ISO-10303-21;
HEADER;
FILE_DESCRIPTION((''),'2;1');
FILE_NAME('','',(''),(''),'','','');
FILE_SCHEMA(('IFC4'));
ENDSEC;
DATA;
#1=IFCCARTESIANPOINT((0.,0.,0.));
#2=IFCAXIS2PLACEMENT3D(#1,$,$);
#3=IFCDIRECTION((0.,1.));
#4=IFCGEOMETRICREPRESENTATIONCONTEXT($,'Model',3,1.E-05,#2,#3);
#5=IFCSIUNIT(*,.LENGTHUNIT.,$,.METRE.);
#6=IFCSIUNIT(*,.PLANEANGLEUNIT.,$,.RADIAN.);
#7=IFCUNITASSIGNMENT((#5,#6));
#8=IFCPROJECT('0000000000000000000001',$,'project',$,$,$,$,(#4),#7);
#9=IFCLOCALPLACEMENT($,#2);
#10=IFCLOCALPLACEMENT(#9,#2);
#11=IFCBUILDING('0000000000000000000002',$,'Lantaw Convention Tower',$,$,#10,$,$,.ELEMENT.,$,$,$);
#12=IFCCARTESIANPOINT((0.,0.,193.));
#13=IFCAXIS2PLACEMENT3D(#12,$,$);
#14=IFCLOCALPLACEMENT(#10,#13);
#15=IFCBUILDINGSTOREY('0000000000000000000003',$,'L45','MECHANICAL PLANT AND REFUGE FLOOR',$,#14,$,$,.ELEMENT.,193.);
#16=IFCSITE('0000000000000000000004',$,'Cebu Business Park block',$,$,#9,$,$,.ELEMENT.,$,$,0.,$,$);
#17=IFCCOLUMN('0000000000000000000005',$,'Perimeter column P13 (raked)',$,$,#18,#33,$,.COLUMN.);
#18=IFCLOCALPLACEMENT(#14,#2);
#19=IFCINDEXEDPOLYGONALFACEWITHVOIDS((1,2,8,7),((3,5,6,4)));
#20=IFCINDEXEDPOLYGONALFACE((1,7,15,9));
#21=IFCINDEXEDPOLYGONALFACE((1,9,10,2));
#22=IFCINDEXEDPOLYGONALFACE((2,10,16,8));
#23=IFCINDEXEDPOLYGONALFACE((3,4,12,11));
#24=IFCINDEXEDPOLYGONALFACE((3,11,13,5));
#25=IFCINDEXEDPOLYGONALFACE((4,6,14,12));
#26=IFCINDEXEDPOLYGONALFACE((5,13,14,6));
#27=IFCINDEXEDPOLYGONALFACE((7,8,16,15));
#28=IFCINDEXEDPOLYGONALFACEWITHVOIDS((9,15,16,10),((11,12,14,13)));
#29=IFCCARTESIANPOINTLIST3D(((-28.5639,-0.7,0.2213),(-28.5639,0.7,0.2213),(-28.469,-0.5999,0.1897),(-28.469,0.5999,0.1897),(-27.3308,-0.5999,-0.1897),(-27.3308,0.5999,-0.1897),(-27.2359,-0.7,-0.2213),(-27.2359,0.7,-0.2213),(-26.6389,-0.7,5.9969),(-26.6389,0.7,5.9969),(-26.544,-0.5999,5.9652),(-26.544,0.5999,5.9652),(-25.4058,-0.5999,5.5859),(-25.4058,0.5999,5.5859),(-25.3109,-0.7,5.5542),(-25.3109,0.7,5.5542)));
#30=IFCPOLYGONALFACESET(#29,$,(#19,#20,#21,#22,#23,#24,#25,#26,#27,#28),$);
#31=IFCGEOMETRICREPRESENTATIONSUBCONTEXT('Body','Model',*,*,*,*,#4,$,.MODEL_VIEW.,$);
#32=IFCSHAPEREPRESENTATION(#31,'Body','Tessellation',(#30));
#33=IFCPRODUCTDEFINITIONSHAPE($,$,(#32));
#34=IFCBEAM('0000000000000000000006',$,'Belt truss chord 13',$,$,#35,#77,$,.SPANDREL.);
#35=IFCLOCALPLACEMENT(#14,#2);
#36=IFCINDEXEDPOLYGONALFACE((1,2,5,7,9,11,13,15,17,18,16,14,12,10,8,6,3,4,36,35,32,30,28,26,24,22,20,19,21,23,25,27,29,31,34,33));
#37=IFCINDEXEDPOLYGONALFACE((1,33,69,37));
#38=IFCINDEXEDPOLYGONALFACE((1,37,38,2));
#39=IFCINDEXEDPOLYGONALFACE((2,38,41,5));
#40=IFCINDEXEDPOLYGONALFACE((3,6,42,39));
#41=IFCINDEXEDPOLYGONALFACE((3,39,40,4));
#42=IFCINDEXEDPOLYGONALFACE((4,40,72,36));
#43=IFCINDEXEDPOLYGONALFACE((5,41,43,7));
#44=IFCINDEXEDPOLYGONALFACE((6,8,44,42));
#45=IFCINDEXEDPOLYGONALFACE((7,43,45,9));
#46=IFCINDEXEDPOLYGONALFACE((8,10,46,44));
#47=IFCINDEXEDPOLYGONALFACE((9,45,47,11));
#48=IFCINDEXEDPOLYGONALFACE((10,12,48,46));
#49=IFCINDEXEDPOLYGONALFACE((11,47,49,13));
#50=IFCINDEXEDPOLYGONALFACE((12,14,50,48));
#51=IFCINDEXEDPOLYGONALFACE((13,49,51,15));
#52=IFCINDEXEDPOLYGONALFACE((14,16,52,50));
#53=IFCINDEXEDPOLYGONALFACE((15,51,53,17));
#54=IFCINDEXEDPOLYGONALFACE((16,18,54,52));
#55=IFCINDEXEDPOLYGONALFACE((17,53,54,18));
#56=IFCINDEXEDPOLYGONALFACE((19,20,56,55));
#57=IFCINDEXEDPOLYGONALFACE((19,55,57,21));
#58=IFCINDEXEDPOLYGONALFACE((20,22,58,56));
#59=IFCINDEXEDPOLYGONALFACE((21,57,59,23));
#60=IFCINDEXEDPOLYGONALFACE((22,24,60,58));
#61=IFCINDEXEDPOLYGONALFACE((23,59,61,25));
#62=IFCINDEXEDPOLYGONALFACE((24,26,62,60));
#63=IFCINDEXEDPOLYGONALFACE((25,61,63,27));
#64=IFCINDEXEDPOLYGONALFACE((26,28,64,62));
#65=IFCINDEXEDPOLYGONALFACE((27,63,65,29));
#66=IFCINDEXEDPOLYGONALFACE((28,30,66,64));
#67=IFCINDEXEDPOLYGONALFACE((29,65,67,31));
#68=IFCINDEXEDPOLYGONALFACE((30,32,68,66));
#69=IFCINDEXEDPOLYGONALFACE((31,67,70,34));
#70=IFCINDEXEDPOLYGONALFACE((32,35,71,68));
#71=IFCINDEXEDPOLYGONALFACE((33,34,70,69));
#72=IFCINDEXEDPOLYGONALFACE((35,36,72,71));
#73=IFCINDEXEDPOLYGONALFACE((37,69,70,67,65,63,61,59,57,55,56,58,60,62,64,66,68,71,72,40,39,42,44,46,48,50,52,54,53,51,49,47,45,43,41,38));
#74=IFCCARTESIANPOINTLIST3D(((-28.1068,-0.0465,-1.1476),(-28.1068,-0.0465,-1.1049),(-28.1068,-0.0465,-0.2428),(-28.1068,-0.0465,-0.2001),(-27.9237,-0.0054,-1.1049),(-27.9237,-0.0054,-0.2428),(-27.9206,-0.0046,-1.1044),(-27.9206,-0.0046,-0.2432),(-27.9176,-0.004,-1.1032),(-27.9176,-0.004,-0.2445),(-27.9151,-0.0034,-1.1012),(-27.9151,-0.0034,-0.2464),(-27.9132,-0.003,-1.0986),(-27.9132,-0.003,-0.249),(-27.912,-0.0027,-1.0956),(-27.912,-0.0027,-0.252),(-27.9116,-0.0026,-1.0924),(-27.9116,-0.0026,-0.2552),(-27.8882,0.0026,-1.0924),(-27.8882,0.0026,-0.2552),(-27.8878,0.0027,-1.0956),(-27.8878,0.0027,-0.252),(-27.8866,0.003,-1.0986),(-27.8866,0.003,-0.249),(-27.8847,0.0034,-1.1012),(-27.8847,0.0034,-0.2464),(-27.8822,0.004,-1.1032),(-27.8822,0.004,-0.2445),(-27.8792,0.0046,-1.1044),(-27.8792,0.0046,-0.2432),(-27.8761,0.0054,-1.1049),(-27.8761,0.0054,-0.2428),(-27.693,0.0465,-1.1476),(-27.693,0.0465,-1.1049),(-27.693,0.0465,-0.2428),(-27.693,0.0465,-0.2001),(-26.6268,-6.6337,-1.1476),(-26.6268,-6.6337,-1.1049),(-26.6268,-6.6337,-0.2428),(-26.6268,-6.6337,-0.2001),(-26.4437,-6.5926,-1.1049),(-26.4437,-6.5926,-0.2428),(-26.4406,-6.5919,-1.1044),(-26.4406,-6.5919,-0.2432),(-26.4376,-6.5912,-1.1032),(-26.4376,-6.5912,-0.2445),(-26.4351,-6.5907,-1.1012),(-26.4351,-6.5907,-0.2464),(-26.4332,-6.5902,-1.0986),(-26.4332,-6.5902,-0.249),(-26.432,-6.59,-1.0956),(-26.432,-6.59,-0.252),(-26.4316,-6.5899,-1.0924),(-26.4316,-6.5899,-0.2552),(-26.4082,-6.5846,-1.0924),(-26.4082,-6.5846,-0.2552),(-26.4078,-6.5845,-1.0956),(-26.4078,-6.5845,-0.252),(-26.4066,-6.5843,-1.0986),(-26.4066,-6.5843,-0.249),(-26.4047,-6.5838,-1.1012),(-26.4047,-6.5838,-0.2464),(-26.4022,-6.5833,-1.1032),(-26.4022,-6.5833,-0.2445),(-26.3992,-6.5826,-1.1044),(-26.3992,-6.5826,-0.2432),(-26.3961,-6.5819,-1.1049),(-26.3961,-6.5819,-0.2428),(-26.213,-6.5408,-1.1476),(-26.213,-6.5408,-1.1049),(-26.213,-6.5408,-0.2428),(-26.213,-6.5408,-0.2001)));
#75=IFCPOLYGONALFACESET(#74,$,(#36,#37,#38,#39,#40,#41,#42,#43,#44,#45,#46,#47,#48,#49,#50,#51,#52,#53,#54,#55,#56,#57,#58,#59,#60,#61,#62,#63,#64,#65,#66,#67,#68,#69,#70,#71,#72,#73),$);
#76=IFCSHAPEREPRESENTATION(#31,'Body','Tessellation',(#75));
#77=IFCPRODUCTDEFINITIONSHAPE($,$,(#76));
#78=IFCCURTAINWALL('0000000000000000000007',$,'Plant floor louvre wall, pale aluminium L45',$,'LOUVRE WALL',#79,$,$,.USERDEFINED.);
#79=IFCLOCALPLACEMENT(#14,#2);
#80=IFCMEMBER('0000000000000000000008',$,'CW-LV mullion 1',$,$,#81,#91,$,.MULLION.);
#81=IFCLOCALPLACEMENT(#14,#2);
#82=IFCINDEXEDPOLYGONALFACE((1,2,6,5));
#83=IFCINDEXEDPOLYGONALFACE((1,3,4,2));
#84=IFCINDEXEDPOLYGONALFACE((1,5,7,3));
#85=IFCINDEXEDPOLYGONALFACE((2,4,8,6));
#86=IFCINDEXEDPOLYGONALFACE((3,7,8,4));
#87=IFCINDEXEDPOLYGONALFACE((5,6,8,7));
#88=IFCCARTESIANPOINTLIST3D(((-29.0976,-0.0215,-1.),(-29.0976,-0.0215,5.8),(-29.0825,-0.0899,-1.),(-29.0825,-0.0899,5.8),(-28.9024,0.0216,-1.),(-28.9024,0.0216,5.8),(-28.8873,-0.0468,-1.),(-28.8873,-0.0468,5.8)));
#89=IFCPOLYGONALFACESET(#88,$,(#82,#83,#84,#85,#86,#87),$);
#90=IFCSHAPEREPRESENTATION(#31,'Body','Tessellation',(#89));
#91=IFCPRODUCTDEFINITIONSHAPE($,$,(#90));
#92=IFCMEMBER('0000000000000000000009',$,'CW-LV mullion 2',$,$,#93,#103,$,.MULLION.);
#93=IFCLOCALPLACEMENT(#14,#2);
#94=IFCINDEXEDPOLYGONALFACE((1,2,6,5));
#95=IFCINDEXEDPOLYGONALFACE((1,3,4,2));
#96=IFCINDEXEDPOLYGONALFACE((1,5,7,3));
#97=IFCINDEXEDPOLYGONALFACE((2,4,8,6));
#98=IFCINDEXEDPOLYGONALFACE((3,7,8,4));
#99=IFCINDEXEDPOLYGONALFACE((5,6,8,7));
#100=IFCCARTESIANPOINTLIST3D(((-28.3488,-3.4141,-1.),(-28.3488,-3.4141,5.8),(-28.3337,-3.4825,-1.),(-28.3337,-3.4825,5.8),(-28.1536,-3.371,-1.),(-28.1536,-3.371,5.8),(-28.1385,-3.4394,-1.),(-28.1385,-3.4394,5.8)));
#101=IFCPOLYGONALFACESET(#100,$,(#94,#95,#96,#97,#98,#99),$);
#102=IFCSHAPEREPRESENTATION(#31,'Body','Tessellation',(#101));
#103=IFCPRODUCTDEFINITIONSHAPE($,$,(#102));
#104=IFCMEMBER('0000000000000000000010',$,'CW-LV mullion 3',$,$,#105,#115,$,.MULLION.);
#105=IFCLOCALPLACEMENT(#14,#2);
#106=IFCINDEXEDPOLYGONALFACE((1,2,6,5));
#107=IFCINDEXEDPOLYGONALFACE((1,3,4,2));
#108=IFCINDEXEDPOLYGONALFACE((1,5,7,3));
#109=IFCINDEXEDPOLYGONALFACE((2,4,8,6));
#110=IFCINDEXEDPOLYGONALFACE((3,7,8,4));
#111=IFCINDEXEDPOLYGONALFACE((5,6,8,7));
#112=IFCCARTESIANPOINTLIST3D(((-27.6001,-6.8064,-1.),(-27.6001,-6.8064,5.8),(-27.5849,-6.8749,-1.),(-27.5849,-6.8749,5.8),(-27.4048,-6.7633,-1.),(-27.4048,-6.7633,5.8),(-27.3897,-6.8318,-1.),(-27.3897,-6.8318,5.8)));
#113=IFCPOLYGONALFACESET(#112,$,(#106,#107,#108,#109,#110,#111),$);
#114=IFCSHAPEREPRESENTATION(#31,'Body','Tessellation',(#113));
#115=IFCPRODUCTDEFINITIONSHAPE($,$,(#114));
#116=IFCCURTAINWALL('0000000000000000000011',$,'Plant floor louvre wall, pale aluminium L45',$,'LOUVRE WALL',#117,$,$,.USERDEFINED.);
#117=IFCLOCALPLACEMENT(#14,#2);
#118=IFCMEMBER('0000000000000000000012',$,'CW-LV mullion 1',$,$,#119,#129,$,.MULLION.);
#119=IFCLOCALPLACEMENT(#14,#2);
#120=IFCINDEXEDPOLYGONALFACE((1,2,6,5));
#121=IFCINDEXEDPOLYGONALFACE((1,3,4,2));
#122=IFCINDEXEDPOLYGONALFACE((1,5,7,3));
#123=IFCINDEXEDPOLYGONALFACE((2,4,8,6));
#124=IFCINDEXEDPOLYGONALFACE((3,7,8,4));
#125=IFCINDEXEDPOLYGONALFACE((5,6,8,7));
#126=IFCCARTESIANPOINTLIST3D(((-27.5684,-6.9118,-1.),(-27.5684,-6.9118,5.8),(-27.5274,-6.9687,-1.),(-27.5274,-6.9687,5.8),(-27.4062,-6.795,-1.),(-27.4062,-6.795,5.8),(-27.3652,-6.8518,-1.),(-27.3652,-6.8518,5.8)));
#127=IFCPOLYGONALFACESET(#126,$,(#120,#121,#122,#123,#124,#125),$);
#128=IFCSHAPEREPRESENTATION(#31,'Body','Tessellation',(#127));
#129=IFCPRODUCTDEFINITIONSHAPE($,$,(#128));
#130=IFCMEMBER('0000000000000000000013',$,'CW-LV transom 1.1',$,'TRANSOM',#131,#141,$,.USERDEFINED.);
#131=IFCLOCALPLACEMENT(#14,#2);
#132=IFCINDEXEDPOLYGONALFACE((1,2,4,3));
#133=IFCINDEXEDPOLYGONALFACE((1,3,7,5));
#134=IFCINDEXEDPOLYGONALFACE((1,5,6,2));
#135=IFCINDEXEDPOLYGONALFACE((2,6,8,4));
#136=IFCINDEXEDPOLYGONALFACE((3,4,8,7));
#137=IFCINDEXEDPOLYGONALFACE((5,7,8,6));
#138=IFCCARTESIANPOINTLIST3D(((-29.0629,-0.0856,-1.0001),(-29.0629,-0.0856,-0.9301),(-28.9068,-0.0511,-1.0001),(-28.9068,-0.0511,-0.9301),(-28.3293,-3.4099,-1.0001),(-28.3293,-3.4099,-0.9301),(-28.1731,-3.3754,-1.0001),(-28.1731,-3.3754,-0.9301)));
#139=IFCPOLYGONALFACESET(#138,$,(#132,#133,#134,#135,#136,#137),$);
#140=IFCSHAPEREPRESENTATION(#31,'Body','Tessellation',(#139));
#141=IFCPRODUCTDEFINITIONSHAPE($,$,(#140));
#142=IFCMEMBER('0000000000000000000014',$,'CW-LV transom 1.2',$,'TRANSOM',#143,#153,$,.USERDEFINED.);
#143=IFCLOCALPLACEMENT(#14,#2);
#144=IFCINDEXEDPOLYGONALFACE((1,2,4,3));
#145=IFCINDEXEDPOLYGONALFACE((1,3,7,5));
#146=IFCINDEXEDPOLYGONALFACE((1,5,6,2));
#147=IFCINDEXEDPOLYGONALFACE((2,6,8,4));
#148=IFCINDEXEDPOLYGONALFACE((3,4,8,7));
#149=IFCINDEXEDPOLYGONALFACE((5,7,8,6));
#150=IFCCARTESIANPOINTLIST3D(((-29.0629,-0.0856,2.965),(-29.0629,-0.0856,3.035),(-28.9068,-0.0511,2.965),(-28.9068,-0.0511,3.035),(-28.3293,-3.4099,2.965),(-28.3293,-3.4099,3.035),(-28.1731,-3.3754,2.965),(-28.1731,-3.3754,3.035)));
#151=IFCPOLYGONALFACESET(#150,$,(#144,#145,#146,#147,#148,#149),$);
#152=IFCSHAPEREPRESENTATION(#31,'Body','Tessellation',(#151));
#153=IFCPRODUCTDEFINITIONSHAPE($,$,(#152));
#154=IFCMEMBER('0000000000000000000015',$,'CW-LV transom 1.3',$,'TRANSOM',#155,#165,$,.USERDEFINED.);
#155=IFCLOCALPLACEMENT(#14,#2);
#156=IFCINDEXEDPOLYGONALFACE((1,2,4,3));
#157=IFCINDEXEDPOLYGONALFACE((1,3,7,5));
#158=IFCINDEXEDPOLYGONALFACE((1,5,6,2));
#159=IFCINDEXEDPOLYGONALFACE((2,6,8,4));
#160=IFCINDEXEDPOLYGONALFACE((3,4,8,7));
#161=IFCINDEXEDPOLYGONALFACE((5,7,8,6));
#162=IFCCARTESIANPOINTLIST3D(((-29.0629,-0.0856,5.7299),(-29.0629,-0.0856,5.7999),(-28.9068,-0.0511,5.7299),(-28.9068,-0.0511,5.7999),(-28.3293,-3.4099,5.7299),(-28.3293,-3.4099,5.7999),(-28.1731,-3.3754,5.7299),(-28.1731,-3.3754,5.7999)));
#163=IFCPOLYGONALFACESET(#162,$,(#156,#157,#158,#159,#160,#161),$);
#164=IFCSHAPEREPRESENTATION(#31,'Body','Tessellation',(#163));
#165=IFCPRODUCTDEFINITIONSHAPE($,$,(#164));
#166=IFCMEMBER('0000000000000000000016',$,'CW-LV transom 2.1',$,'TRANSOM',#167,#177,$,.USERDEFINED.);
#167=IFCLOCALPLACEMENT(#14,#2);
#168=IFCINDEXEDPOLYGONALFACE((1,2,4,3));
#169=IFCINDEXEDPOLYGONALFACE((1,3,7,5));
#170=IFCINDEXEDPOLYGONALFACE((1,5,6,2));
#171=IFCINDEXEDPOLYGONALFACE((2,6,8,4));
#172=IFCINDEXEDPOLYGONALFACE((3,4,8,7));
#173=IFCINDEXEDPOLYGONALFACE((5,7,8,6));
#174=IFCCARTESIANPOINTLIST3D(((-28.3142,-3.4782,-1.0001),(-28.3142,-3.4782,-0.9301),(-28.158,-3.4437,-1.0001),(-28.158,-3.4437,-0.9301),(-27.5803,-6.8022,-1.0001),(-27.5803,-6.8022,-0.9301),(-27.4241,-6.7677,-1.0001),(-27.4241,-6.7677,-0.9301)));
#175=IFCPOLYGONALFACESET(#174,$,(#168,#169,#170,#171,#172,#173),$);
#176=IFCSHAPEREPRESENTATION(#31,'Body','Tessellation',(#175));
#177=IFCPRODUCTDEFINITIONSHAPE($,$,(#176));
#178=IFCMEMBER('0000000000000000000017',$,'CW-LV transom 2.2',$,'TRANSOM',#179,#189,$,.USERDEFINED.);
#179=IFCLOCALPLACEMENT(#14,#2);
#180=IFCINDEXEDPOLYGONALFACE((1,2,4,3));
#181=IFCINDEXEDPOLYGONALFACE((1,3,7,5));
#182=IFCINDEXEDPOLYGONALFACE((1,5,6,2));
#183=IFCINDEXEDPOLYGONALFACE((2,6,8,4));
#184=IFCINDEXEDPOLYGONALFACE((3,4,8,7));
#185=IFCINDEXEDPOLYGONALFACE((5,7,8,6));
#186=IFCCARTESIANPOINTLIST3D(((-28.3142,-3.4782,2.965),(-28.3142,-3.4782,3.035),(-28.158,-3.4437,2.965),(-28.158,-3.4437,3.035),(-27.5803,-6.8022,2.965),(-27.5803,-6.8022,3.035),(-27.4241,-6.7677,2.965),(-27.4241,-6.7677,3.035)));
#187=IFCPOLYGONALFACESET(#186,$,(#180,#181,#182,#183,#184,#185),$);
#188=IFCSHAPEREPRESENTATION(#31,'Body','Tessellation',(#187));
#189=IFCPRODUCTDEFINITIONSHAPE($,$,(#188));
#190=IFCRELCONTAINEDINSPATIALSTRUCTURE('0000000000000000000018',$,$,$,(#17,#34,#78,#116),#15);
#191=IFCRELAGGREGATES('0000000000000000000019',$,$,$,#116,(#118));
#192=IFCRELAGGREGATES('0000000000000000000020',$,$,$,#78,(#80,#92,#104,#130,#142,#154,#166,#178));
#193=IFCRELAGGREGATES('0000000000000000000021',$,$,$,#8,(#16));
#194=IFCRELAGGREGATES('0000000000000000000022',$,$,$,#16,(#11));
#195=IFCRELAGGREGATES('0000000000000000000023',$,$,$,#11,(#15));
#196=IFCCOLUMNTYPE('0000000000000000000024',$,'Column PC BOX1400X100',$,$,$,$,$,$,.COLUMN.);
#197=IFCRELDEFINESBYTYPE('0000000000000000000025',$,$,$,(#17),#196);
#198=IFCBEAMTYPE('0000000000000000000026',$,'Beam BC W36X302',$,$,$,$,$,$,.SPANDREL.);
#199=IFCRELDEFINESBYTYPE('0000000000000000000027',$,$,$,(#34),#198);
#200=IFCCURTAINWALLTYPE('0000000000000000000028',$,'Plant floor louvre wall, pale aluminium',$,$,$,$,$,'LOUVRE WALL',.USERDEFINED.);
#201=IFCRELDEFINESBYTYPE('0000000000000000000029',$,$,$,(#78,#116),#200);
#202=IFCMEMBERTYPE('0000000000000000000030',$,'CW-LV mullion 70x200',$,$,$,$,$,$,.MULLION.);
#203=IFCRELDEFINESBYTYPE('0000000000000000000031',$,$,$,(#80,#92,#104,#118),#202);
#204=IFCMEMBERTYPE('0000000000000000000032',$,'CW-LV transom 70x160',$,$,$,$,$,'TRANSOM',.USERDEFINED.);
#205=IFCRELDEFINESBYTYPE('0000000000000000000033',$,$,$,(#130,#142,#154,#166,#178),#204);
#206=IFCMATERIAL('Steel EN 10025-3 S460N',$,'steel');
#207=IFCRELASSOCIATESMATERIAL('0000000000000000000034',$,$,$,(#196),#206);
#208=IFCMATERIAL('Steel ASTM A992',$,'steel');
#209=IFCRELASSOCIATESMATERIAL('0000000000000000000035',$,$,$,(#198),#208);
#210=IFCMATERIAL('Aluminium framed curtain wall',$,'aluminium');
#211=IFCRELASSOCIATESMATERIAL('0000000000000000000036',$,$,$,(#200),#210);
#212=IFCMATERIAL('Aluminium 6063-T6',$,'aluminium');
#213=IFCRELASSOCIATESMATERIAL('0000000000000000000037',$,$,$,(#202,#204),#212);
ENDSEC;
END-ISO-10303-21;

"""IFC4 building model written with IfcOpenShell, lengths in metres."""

from ifc_helpers import new_model, si_unit, direction, frame, origin, origin_2d, place, context, subcontext, project, spatial, rectangle, hollow_rectangle, i_section, extrude, material, material_profile, profile_set, type_object, element, aggregate, save


model = new_model("IFC4")

# Units and contexts
model_context = context("Model", 3, precision=1e-05, world=origin(), true_north=direction((0.0, 1.0)))
body_context = subcontext(model_context, "Body", "Model", "MODEL_VIEW")
ifc_project = project(units=[si_unit("LENGTHUNIT", "METRE"), si_unit("PLANEANGLEUNIT", "RADIAN")], contexts=[model_context])

# Site, building, storey
site_placement = place(None, origin())
site = spatial("IfcSite", under=ifc_project, at=site_placement, Name="Cebu Business Park block", CompositionType="ELEMENT", RefElevation=0.0)
building_placement = place(site_placement, origin())
building = spatial("IfcBuilding", under=site, at=building_placement, Name="Lantaw Convention Tower", CompositionType="ELEMENT")
storey_placement = place(building_placement, frame((0.0, 0.0, 193.0)))
storey = spatial("IfcBuildingStorey", under=building, at=storey_placement, Name="L45", Description="MECHANICAL PLANT AND REFUGE FLOOR", CompositionType="ELEMENT", Elevation=193.0)

# Column
ifc_material_1 = material(Name="Steel EN 10025-3 S460N", Category="steel")
ifc_material_profile_1 = material_profile(ifc_material_1, hollow_rectangle(XDim=1.3999, YDim=1.3999, WallThickness=0.1001, at=origin_2d()), Name="BOX1400X100")
ifc_material_2 = material(Name="Concrete C60/75", Category="concrete")
ifc_material_profile_2 = material_profile(ifc_material_2, rectangle(XDim=1.2, YDim=1.2, at=origin_2d()), Name="Concrete fill of BOX1400X100")
ifc_profile_set_1 = profile_set([ifc_material_profile_1, ifc_material_profile_2], Name="Steel EN 10025-3 S460N")
column_type = type_object("IfcColumnType", Name="Column PC BOX1400X100", PredefinedType="COLUMN", material=ifc_profile_set_1)
column_placement = place(storey_placement, frame((-27.8999, 0.0, 0.0), z_axis=(0.316204, 0.0, 0.948691), x_axis=(0.0, 1.0, 0.0)))
element("IfcColumn", 1, at=column_placement, inside=storey, type_object=column_type, Name="Perimeter column P13 (raked)", PredefinedType="COLUMN", context=body_context, shape_type="SweptSolid", body=[
    extrude(hollow_rectangle(XDim=1.3999, YDim=1.3999, WallThickness=0.1001, at=origin_2d()), origin(), (0.0, 0.0, 1.0), 6.0879),
])

# Beam
ifc_material_3 = material(Name="Steel ASTM A992", Category="steel")
ifc_material_profile_3 = material_profile(ifc_material_3, i_section(OverallWidth=0.4241, OverallDepth=0.9475, WebThickness=0.0239, FlangeThickness=0.0427, FilletRadius=0.0125, at=origin_2d()), Name="W36X302")
ifc_profile_set_2 = profile_set([ifc_material_profile_3], Name="Steel ASTM A992")
beam_type = type_object("IfcBeamType", Name="Beam BC W36X302", PredefinedType="SPANDREL", material=ifc_profile_set_2)
beam_placement = place(storey_placement, frame((-27.8999, 0.0, -0.6738), z_axis=(0.219212, -0.975677, 0.0), x_axis=(0.975677, 0.219212, 0.0)))
element("IfcBeam", 2, at=beam_placement, inside=storey, type_object=beam_type, Name="Belt truss chord 13", PredefinedType="SPANDREL", context=body_context, shape_type="SweptSolid", body=[
    extrude(i_section(OverallWidth=0.4241, OverallDepth=0.9475, WebThickness=0.0239, FlangeThickness=0.0427, FilletRadius=0.0125, at=origin_2d()), origin(), (0.0, 0.0, 1.0), 6.7515),
])

# Curtain wall, members
ifc_material_4 = material(Name="Aluminium framed curtain wall", Category="aluminium")
curtain_wall_type = type_object("IfcCurtainWallType", Name="Plant floor louvre wall, pale aluminium", ElementType="LOUVRE WALL", PredefinedType="USERDEFINED", material=ifc_material_4)
curtain_wall_1_placement = place(storey_placement, origin())
curtain_wall_1 = element("IfcCurtainWall", 3, at=curtain_wall_1_placement, inside=storey, type_object=curtain_wall_type, Name="Plant floor louvre wall, pale aluminium L45", ObjectType="LOUVRE WALL", PredefinedType="USERDEFINED")
ifc_material_5 = material(Name="Aluminium 6063-T6", Category="aluminium")
ifc_material_profile_4 = material_profile(ifc_material_5, rectangle(XDim=0.2, YDim=0.0701, at=origin_2d()), Name="CW-LV mullion 70x200")
ifc_profile_set_3 = profile_set([ifc_material_profile_4], Name="Aluminium 6063-T6")
member_type_1 = type_object("IfcMemberType", Name="CW-LV mullion 70x200", PredefinedType="MULLION", material=ifc_profile_set_3)
member_1_placement = place(storey_placement, frame((-28.9924, -0.0342, -1.0), z_axis=(0.0, 0.0, 1.0), x_axis=(0.976494, 0.215546, 0.0)))
member_1 = element("IfcMember", 4, at=member_1_placement, type_object=member_type_1, Name="CW-LV mullion 1", PredefinedType="MULLION", context=body_context, shape_type="SweptSolid", body=[
    extrude(rectangle(XDim=0.2, YDim=0.0701, at=origin_2d()), origin(), (0.0, 0.0, 1.0), 6.8),
])
member_2_placement = place(storey_placement, frame((-28.2437, -3.4268, -1.0), z_axis=(0.0, 0.0, 1.0), x_axis=(0.976494, 0.215546, 0.0)))
member_2 = element("IfcMember", 5, at=member_2_placement, type_object=member_type_1, Name="CW-LV mullion 2", PredefinedType="MULLION", context=body_context, shape_type="SweptSolid", body=[
    extrude(rectangle(XDim=0.2, YDim=0.0701, at=origin_2d()), origin(), (0.0, 0.0, 1.0), 6.8),
])
member_3_placement = place(storey_placement, frame((-27.4949, -6.8191, -1.0), z_axis=(0.0, 0.0, 1.0), x_axis=(0.976494, 0.215546, 0.0)))
member_3 = element("IfcMember", 6, at=member_3_placement, type_object=member_type_1, Name="CW-LV mullion 3", PredefinedType="MULLION", context=body_context, shape_type="SweptSolid", body=[
    extrude(rectangle(XDim=0.2, YDim=0.0701, at=origin_2d()), origin(), (0.0, 0.0, 1.0), 6.8),
])

# Curtain wall, member
curtain_wall_2_placement = place(storey_placement, origin())
curtain_wall_2 = element("IfcCurtainWall", 7, at=curtain_wall_2_placement, inside=storey, type_object=curtain_wall_type, Name="Plant floor louvre wall, pale aluminium L45", ObjectType="LOUVRE WALL", PredefinedType="USERDEFINED")
member_4_placement = place(storey_placement, frame((-27.4668, -6.8818, -1.0), z_axis=(0.0, 0.0, 1.0), x_axis=(0.811385, 0.584513, 0.0)))
member_4 = element("IfcMember", 8, at=member_4_placement, type_object=member_type_1, Name="CW-LV mullion 1", PredefinedType="MULLION", context=body_context, shape_type="SweptSolid", body=[
    extrude(rectangle(XDim=0.2, YDim=0.0701, at=origin_2d()), origin(), (0.0, 0.0, 1.0), 6.8),
])
aggregate(curtain_wall_2, [member_4])

# Members
ifc_material_profile_5 = material_profile(ifc_material_5, rectangle(XDim=0.1599, YDim=0.0701, at=origin_2d()), Name="CW-LV transom 70x160")
ifc_profile_set_4 = profile_set([ifc_material_profile_5], Name="Aluminium 6063-T6")
member_type_2 = type_object("IfcMemberType", Name="CW-LV transom 70x160", ElementType="TRANSOM", PredefinedType="USERDEFINED", material=ifc_profile_set_4)
member_5_placement = place(storey_placement, frame((-28.9849, -0.0684, -0.9651), z_axis=(0.21551, -0.976502, 0.0), x_axis=(0.976502, 0.21551, 0.0)))
member_5 = element("IfcMember", 9, at=member_5_placement, type_object=member_type_2, Name="CW-LV transom 1.1", ObjectType="TRANSOM", PredefinedType="USERDEFINED", context=body_context, shape_type="SweptSolid", body=[
    extrude(rectangle(XDim=0.1599, YDim=0.0701, at=origin_2d()), origin(), (0.0, 0.0, 1.0), 3.4043),
])
member_6_placement = place(storey_placement, frame((-28.9849, -0.0684, 3.0), z_axis=(0.21551, -0.976502, 0.0), x_axis=(0.976502, 0.21551, 0.0)))
member_6 = element("IfcMember", 10, at=member_6_placement, type_object=member_type_2, Name="CW-LV transom 1.2", ObjectType="TRANSOM", PredefinedType="USERDEFINED", context=body_context, shape_type="SweptSolid", body=[
    extrude(rectangle(XDim=0.1599, YDim=0.0701, at=origin_2d()), origin(), (0.0, 0.0, 1.0), 3.4043),
])
member_7_placement = place(storey_placement, frame((-28.9849, -0.0684, 5.7649), z_axis=(0.21551, -0.976502, 0.0), x_axis=(0.976502, 0.21551, 0.0)))
member_7 = element("IfcMember", 11, at=member_7_placement, type_object=member_type_2, Name="CW-LV transom 1.3", ObjectType="TRANSOM", PredefinedType="USERDEFINED", context=body_context, shape_type="SweptSolid", body=[
    extrude(rectangle(XDim=0.1599, YDim=0.0701, at=origin_2d()), origin(), (0.0, 0.0, 1.0), 3.4043),
])
member_8_placement = place(storey_placement, frame((-28.2361, -3.4609, -0.9651), z_axis=(0.215594, -0.976483, 0.0), x_axis=(0.976483, 0.215594, 0.0)))
member_8 = element("IfcMember", 12, at=member_8_placement, type_object=member_type_2, Name="CW-LV transom 2.1", ObjectType="TRANSOM", PredefinedType="USERDEFINED", context=body_context, shape_type="SweptSolid", body=[
    extrude(rectangle(XDim=0.1599, YDim=0.0701, at=origin_2d()), origin(), (0.0, 0.0, 1.0), 3.4041),
])
member_9_placement = place(storey_placement, frame((-28.2361, -3.4609, 3.0), z_axis=(0.215594, -0.976483, 0.0), x_axis=(0.976483, 0.215594, 0.0)))
member_9 = element("IfcMember", 13, at=member_9_placement, type_object=member_type_2, Name="CW-LV transom 2.2", ObjectType="TRANSOM", PredefinedType="USERDEFINED", context=body_context, shape_type="SweptSolid", body=[
    extrude(rectangle(XDim=0.1599, YDim=0.0701, at=origin_2d()), origin(), (0.0, 0.0, 1.0), 3.4041),
])

aggregate(curtain_wall_1, [member_1, member_2, member_3, member_5, member_6, member_7, member_8, member_9])

save(model, "model.ifc")
